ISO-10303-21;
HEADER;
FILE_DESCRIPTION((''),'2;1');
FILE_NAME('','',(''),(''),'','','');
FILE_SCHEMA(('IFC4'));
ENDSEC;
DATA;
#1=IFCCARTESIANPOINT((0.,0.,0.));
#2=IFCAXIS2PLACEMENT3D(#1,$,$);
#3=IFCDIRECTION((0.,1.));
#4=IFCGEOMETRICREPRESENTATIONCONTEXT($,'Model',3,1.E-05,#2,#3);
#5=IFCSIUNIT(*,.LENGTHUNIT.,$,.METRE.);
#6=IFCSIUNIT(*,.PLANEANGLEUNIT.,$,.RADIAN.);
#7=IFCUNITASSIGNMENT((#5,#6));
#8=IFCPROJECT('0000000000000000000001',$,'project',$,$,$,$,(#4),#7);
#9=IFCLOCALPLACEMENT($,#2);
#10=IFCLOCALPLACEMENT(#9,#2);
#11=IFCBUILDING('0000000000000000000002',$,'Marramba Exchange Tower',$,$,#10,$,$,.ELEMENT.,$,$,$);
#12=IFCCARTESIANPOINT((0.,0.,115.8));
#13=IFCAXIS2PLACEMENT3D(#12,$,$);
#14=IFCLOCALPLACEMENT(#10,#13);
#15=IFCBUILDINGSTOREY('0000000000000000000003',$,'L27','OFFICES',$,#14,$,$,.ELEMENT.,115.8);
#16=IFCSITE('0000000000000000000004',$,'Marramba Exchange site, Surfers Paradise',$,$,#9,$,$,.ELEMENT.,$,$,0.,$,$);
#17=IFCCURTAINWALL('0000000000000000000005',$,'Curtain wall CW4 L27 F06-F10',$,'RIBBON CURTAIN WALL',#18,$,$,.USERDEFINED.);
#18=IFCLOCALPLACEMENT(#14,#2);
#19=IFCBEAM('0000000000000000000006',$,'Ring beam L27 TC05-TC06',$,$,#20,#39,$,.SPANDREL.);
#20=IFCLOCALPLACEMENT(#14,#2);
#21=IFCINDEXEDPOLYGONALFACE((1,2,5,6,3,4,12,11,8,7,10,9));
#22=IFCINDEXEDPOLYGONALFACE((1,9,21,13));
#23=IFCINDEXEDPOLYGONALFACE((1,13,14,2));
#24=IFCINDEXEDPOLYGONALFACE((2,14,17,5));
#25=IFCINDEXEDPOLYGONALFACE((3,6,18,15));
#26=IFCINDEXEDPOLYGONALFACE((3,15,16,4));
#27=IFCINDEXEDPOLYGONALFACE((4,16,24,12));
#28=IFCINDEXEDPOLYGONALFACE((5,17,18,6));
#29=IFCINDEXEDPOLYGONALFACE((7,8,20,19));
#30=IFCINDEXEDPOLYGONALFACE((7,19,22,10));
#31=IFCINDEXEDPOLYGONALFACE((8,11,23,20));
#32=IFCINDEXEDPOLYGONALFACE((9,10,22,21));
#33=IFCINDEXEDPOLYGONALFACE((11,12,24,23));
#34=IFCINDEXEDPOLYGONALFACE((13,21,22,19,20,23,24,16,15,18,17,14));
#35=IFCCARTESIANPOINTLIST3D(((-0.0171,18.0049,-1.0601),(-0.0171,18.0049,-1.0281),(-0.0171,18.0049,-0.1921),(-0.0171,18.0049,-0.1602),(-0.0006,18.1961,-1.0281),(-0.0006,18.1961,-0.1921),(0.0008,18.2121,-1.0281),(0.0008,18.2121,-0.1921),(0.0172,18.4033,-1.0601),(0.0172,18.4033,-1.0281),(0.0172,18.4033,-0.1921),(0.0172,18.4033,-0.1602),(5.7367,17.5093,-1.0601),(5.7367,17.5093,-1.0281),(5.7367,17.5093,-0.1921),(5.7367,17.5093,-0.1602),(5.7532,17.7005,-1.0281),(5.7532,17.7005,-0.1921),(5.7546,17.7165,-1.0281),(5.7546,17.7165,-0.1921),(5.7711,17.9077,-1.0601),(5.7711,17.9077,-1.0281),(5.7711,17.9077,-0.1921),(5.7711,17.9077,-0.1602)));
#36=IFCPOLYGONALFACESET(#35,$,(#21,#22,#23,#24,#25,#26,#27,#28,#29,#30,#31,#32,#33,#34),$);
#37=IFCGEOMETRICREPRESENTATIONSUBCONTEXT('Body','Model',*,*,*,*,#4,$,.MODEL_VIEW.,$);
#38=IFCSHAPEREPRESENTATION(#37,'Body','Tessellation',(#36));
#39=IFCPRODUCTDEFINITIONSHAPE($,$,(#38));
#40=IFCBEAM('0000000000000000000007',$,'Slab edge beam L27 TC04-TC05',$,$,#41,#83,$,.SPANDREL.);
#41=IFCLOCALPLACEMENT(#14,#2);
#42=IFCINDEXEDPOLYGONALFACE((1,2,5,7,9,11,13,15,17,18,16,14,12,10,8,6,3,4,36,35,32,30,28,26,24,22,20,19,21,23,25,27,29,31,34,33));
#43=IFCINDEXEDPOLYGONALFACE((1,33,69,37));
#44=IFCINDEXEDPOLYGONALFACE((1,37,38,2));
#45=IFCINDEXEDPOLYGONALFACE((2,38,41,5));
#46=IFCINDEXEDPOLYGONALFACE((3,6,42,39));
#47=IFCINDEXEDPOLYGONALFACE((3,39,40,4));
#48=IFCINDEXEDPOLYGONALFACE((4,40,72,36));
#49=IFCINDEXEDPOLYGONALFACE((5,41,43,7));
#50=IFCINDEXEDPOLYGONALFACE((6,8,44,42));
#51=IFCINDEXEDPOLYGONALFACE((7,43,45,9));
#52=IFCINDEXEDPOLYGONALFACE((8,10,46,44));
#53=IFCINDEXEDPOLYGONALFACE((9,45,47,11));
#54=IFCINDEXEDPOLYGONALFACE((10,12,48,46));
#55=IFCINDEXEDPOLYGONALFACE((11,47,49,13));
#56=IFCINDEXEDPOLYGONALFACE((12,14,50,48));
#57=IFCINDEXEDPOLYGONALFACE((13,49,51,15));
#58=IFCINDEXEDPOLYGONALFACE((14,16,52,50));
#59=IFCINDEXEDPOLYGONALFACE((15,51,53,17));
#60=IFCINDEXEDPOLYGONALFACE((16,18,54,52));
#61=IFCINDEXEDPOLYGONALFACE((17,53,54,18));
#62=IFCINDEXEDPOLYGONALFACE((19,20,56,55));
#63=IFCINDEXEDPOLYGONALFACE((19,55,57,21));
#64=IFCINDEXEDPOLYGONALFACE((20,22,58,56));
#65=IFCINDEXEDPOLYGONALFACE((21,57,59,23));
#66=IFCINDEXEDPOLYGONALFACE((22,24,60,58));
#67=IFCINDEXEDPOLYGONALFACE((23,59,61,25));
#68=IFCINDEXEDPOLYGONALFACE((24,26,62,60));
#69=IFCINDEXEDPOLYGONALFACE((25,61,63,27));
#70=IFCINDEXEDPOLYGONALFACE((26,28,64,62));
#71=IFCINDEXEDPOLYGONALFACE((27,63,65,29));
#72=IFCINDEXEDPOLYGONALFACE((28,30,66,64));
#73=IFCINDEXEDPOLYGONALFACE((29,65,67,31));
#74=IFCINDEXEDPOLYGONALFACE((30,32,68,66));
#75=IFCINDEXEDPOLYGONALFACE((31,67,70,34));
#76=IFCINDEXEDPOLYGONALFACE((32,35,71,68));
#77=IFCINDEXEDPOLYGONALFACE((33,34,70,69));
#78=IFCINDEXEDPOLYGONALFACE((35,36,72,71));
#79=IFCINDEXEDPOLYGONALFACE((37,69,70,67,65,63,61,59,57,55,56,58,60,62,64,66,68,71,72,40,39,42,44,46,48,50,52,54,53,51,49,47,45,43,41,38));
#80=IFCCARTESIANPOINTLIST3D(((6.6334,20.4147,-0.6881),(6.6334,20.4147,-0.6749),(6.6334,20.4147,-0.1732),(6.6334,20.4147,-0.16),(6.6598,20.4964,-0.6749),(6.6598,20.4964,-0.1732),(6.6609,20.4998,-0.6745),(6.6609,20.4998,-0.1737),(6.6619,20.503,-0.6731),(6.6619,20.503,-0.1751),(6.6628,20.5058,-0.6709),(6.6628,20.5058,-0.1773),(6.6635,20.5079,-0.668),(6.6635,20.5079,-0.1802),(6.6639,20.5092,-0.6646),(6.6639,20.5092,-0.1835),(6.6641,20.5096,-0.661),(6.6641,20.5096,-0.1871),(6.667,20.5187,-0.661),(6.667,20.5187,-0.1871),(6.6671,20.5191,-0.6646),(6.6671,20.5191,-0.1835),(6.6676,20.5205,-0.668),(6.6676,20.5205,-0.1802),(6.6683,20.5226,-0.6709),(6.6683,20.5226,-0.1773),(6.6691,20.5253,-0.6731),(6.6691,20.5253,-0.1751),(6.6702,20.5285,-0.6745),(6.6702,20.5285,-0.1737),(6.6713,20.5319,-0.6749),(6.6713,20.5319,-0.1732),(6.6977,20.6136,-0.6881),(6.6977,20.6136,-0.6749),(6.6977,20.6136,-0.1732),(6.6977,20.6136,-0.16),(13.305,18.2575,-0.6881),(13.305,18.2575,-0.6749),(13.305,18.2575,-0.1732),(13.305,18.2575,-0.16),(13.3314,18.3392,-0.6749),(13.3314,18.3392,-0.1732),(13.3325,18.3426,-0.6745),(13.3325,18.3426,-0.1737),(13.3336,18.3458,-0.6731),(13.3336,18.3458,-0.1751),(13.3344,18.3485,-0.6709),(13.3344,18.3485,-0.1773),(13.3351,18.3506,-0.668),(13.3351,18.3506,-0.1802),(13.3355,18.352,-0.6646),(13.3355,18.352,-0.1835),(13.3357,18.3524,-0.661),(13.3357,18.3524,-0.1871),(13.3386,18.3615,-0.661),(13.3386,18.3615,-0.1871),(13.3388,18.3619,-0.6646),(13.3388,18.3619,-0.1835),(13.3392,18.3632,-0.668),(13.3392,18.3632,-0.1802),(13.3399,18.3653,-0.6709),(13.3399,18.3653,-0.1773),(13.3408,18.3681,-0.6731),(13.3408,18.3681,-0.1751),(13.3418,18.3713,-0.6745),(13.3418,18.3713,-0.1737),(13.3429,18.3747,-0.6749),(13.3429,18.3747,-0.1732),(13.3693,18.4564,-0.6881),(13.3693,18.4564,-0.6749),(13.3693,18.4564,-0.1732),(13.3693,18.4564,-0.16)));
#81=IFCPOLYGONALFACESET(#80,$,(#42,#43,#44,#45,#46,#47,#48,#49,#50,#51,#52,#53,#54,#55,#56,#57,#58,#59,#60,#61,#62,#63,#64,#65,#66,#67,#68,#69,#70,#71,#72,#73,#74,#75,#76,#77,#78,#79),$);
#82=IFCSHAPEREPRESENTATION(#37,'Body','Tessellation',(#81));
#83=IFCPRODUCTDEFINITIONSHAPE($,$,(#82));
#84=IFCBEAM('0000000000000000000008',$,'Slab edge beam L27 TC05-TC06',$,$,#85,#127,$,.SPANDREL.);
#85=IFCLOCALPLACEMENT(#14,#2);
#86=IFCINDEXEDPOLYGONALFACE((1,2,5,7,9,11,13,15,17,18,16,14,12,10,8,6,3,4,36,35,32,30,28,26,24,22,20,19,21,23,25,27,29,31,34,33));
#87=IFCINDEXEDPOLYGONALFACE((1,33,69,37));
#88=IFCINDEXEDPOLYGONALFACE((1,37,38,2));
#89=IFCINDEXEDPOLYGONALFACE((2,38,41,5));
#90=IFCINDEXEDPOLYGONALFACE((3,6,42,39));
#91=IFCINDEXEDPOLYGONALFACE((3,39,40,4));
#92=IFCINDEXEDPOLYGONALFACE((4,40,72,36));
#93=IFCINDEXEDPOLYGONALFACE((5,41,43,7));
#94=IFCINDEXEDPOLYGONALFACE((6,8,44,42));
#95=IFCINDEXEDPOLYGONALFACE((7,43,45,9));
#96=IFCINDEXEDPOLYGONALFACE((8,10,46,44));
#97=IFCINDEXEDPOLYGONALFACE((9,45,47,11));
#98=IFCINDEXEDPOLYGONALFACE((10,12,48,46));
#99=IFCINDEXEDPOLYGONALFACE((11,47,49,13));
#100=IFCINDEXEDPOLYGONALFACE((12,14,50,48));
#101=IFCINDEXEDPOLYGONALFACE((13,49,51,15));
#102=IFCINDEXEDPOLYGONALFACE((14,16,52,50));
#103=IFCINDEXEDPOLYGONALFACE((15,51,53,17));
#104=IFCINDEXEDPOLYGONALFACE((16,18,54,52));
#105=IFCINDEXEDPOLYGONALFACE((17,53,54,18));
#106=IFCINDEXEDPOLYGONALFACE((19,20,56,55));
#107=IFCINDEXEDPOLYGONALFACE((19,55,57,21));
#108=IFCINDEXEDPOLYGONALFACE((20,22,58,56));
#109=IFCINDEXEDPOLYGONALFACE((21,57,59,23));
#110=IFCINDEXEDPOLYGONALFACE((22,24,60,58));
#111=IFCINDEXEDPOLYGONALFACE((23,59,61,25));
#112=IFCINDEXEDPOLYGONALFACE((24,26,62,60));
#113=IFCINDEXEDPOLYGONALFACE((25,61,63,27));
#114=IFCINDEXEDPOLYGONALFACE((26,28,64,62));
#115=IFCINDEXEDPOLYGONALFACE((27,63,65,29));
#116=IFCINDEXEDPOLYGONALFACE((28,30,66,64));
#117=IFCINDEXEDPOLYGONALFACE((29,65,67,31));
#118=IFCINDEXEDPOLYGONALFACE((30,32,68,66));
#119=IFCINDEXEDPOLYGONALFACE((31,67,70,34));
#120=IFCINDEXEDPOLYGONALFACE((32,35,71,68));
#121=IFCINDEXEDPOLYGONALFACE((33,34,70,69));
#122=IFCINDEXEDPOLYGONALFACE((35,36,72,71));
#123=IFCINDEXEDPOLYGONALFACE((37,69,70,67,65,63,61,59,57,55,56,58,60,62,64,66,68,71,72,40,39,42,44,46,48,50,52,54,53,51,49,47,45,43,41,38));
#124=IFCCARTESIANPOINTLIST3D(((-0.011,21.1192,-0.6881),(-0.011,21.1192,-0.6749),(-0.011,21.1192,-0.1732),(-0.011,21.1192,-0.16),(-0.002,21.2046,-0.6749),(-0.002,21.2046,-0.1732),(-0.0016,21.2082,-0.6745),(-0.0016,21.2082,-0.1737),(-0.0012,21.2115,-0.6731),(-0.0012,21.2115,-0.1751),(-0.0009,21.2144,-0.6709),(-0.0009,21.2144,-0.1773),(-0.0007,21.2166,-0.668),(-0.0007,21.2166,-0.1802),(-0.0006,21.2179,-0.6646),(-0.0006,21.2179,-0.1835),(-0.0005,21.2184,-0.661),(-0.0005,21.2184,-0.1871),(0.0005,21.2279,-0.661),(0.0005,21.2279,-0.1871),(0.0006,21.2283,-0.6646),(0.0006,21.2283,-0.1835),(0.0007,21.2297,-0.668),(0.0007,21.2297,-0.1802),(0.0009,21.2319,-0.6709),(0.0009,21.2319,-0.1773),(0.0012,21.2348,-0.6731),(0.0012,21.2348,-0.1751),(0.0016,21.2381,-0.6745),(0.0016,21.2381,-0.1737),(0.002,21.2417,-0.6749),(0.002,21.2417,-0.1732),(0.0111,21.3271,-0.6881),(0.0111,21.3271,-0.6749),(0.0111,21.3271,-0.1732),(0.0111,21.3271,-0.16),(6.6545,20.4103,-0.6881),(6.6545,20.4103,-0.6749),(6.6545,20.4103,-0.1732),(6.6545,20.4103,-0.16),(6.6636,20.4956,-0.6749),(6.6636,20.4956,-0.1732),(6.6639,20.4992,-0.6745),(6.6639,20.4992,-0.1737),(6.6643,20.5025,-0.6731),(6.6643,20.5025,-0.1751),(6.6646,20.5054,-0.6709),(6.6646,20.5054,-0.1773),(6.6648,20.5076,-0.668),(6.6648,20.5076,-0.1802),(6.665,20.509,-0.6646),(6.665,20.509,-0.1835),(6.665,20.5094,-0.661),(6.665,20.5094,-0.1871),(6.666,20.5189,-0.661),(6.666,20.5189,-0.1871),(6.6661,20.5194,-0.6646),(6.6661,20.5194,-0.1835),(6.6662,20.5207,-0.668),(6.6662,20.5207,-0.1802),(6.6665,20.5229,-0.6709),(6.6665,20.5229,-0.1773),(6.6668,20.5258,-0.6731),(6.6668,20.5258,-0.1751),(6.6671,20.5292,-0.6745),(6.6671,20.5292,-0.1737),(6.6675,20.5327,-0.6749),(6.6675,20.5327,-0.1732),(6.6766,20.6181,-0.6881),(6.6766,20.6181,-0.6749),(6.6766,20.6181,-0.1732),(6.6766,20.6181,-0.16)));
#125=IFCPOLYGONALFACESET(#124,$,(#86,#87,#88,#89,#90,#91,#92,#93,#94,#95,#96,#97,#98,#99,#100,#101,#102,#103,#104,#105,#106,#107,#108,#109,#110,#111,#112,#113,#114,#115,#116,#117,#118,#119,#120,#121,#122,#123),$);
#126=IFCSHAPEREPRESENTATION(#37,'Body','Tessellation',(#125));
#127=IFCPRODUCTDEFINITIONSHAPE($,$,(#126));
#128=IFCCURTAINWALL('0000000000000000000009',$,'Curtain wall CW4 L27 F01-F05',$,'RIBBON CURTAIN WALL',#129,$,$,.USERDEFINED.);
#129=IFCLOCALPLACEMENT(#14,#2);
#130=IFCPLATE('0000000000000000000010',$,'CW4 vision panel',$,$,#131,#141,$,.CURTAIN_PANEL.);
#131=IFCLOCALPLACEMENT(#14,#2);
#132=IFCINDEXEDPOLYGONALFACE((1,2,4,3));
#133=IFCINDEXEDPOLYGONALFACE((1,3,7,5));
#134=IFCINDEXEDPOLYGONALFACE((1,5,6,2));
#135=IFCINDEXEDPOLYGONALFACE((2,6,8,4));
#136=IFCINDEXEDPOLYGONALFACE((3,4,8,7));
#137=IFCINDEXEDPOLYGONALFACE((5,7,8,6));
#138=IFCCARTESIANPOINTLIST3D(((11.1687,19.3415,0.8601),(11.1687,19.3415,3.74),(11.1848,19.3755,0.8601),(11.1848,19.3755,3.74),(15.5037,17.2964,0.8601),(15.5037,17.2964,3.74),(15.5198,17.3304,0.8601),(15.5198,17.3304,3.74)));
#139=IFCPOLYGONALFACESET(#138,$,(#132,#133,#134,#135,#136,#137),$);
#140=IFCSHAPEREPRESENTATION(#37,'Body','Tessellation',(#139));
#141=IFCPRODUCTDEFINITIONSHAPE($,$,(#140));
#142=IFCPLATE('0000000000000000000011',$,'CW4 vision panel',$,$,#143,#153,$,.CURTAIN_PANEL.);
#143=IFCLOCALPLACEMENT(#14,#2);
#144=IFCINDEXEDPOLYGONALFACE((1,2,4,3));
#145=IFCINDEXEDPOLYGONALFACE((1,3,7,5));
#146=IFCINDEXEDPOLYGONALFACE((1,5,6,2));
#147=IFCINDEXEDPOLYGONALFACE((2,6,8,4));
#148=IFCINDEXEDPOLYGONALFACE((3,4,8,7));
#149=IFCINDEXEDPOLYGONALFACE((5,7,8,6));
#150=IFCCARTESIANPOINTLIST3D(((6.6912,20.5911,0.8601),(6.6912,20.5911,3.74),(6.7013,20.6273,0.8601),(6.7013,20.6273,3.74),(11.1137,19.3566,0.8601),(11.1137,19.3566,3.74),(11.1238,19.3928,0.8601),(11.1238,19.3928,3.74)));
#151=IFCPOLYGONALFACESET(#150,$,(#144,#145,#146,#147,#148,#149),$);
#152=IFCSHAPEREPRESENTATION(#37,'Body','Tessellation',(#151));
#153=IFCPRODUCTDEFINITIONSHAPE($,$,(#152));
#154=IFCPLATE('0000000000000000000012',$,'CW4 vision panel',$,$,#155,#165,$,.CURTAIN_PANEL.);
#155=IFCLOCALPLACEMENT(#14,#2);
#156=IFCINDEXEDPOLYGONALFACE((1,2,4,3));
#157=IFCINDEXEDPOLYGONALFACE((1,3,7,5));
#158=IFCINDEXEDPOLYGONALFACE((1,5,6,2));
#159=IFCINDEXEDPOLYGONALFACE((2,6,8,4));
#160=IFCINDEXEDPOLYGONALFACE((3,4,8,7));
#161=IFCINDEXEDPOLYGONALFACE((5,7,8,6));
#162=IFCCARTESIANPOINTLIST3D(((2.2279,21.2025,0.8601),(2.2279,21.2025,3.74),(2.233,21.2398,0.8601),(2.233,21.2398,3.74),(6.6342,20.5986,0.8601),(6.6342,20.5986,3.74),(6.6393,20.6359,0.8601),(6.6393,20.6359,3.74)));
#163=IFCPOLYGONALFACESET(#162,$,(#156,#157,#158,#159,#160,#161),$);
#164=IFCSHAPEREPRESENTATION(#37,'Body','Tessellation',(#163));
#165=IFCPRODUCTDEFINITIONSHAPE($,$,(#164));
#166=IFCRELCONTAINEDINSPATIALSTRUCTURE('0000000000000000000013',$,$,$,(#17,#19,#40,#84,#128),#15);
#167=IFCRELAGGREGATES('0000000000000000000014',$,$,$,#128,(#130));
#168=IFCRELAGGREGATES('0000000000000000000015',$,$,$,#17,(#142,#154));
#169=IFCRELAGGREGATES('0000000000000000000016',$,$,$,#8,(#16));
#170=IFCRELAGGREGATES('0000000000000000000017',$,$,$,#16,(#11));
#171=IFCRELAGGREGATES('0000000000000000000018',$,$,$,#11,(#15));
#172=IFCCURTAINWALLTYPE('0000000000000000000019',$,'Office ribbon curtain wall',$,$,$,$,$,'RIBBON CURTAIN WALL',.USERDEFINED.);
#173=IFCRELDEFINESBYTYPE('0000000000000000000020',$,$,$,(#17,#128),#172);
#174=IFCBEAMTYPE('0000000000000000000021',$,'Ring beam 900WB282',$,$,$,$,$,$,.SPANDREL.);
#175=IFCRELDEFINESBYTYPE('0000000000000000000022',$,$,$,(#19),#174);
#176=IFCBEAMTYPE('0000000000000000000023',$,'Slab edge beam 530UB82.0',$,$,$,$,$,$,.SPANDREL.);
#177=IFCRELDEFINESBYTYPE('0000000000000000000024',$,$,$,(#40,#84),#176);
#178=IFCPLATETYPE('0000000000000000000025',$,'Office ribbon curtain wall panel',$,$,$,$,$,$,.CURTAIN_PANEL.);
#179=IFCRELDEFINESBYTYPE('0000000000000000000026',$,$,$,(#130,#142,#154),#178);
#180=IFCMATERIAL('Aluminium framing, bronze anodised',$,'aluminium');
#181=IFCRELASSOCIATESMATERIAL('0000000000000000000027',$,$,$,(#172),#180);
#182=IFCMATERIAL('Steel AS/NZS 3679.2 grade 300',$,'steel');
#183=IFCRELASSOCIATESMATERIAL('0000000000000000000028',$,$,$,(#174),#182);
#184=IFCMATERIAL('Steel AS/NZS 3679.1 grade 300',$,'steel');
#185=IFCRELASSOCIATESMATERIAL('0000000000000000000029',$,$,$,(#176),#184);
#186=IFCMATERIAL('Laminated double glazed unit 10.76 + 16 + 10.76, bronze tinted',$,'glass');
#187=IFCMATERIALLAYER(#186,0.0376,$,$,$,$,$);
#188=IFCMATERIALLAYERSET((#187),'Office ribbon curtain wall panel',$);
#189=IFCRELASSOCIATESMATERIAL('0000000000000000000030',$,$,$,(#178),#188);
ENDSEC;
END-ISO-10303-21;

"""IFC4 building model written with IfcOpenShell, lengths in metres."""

from ifc_helpers import new_model, si_unit, direction, frame, origin, origin_2d, place, context, subcontext, project, spatial, rectangle, i_section, extrude, material, layer, layer_set, material_profile, profile_set, type_object, element, aggregate, save


model = new_model("IFC4")

# Units and contexts
model_context = context("Model", 3, precision=1e-05, world=origin(), true_north=direction((0.0, 1.0)))
body_context = subcontext(model_context, "Body", "Model", "MODEL_VIEW")
ifc_project = project(units=[si_unit("LENGTHUNIT", "METRE"), si_unit("PLANEANGLEUNIT", "RADIAN")], contexts=[model_context])

# Site, building, storey
site_placement = place(None, origin())
site = spatial("IfcSite", under=ifc_project, at=site_placement, Name="Marramba Exchange site, Surfers Paradise", CompositionType="ELEMENT", RefElevation=0.0)
building_placement = place(site_placement, origin())
building = spatial("IfcBuilding", under=site, at=building_placement, Name="Marramba Exchange Tower", CompositionType="ELEMENT")
storey_placement = place(building_placement, frame((0.0, 0.0, 115.8)))
storey = spatial("IfcBuildingStorey", under=building, at=storey_placement, Name="L27", Description="OFFICES", CompositionType="ELEMENT", Elevation=115.8)

# Shared definitions
ifc_material_1 = material(Name="Steel AS/NZS 3679.2 grade 300", Category="steel")

# Curtain wall
ifc_material_2 = material(Name="Aluminium framing, bronze anodised", Category="aluminium")
curtain_wall_type = type_object("IfcCurtainWallType", Name="Office ribbon curtain wall", ElementType="RIBBON CURTAIN WALL", PredefinedType="USERDEFINED", material=ifc_material_2)
curtain_wall_1_placement = place(storey_placement, origin())
curtain_wall_1 = element("IfcCurtainWall", 1, at=curtain_wall_1_placement, inside=storey, type_object=curtain_wall_type, Name="Curtain wall CW4 L27 F06-F10", ObjectType="RIBBON CURTAIN WALL", PredefinedType="USERDEFINED")

# Beams
ifc_material_profile_1 = material_profile(ifc_material_1, i_section(OverallWidth=0.3999, OverallDepth=0.8999, WebThickness=0.0161, FlangeThickness=0.032, at=origin_2d()), Name="900WB282")
ifc_profile_set_1 = profile_set([ifc_material_profile_1], Name="Steel AS/NZS 3679.2 grade 300")
beam_type_1 = type_object("IfcBeamType", Name="Ring beam 900WB282", PredefinedType="SPANDREL", material=ifc_profile_set_1)
beam_1_placement = place(storey_placement, frame((5.7539, 17.7085, -0.6101), z_axis=(-0.996311, 0.085816, 0.0), x_axis=(-0.085816, -0.996311, 0.0)))
element("IfcBeam", 2, at=beam_1_placement, inside=storey, type_object=beam_type_1, Name="Ring beam L27 TC05-TC06", PredefinedType="SPANDREL", context=body_context, shape_type="SweptSolid", body=[
    extrude(i_section(OverallWidth=0.3999, OverallDepth=0.8999, WebThickness=0.0161, FlangeThickness=0.032, at=origin_2d()), origin(), (0.0, 0.0, 1.0), 5.7751),
])
ifc_material_3 = material(Name="Steel AS/NZS 3679.1 grade 300", Category="steel")
ifc_material_profile_2 = material_profile(ifc_material_3, i_section(OverallWidth=0.209, OverallDepth=0.5281, WebThickness=0.0095, FlangeThickness=0.0132, FilletRadius=0.0139, at=origin_2d()), Name="530UB82.0")
ifc_profile_set_2 = profile_set([ifc_material_profile_2], Name="Steel AS/NZS 3679.1 grade 300")
beam_type_2 = type_object("IfcBeamType", Name="Slab edge beam 530UB82.0", PredefinedType="SPANDREL", material=ifc_profile_set_2)
beam_2_placement = place(storey_placement, frame((13.3372, 18.3569, -0.4241), z_axis=(-0.951496, 0.30766, 0.0), x_axis=(-0.30766, -0.951496, 0.0)))
element("IfcBeam", 3, at=beam_2_placement, inside=storey, type_object=beam_type_2, Name="Slab edge beam L27 TC04-TC05", PredefinedType="SPANDREL", context=body_context, shape_type="SweptSolid", body=[
    extrude(i_section(OverallWidth=0.209, OverallDepth=0.5281, WebThickness=0.0095, FlangeThickness=0.0132, FilletRadius=0.0139, at=origin_2d()), origin(), (0.0, 0.0, 1.0), 7.0117),
])
beam_3_placement = place(storey_placement, frame((6.6655, 20.5142, -0.4241), z_axis=(-0.994391, 0.105769, 0.0), x_axis=(-0.105769, -0.994391, 0.0)))
element("IfcBeam", 4, at=beam_3_placement, inside=storey, type_object=beam_type_2, Name="Slab edge beam L27 TC05-TC06", PredefinedType="SPANDREL", context=body_context, shape_type="SweptSolid", body=[
    extrude(i_section(OverallWidth=0.209, OverallDepth=0.5281, WebThickness=0.0095, FlangeThickness=0.0132, FilletRadius=0.0139, at=origin_2d()), origin(), (0.0, 0.0, 1.0), 6.7031),
])

# Curtain wall, plate
curtain_wall_2_placement = place(storey_placement, origin())
curtain_wall_2 = element("IfcCurtainWall", 5, at=curtain_wall_2_placement, inside=storey, type_object=curtain_wall_type, Name="Curtain wall CW4 L27 F01-F05", ObjectType="RIBBON CURTAIN WALL", PredefinedType="USERDEFINED")
ifc_material_4 = material(Name="Laminated double glazed unit 10.76 + 16 + 10.76, bronze tinted", Category="glass")
ifc_layer_1 = layer(ifc_material_4, 0.0376)
ifc_layer_set_1 = layer_set([ifc_layer_1], Name="Office ribbon curtain wall panel")
plate_type = type_object("IfcPlateType", Name="Office ribbon curtain wall panel", PredefinedType="CURTAIN_PANEL", material=ifc_layer_set_1)
plate_1_placement = place(storey_placement, frame((13.3442, 18.3359, 0.8601), z_axis=(0.0, 0.0, 1.0), x_axis=(-0.904403, 0.426679, 0.0)))
plate_1 = element("IfcPlate", 6, at=plate_1_placement, type_object=plate_type, Name="CW4 vision panel", PredefinedType="CURTAIN_PANEL", context=body_context, shape_type="SweptSolid", body=[
    extrude(rectangle(XDim=4.7932, YDim=0.0376, at=origin_2d()), origin(), (0.0, 0.0, 1.0), 2.8799),
])
aggregate(curtain_wall_2, [plate_1])

# Plates
plate_2_placement = place(storey_placement, frame((8.9075, 19.9919, 0.8601), z_axis=(0.0, 0.0, 1.0), x_axis=(-0.963178, 0.268865, 0.0)))
plate_2 = element("IfcPlate", 7, at=plate_2_placement, type_object=plate_type, Name="CW4 vision panel", PredefinedType="CURTAIN_PANEL", context=body_context, shape_type="SweptSolid", body=[
    extrude(rectangle(XDim=4.5916, YDim=0.0376, at=origin_2d()), origin(), (0.0, 0.0, 1.0), 2.8799),
])
plate_3_placement = place(storey_placement, frame((4.4336, 20.9192, 0.8601), z_axis=(0.0, 0.0, 1.0), x_axis=(-0.990738, 0.135786, 0.0)))
plate_3 = element("IfcPlate", 8, at=plate_3_placement, type_object=plate_type, Name="CW4 vision panel", PredefinedType="CURTAIN_PANEL", context=body_context, shape_type="SweptSolid", body=[
    extrude(rectangle(XDim=4.4475, YDim=0.0376, at=origin_2d()), origin(), (0.0, 0.0, 1.0), 2.8799),
])
aggregate(curtain_wall_1, [plate_2, plate_3])

save(model, "model.ifc")
